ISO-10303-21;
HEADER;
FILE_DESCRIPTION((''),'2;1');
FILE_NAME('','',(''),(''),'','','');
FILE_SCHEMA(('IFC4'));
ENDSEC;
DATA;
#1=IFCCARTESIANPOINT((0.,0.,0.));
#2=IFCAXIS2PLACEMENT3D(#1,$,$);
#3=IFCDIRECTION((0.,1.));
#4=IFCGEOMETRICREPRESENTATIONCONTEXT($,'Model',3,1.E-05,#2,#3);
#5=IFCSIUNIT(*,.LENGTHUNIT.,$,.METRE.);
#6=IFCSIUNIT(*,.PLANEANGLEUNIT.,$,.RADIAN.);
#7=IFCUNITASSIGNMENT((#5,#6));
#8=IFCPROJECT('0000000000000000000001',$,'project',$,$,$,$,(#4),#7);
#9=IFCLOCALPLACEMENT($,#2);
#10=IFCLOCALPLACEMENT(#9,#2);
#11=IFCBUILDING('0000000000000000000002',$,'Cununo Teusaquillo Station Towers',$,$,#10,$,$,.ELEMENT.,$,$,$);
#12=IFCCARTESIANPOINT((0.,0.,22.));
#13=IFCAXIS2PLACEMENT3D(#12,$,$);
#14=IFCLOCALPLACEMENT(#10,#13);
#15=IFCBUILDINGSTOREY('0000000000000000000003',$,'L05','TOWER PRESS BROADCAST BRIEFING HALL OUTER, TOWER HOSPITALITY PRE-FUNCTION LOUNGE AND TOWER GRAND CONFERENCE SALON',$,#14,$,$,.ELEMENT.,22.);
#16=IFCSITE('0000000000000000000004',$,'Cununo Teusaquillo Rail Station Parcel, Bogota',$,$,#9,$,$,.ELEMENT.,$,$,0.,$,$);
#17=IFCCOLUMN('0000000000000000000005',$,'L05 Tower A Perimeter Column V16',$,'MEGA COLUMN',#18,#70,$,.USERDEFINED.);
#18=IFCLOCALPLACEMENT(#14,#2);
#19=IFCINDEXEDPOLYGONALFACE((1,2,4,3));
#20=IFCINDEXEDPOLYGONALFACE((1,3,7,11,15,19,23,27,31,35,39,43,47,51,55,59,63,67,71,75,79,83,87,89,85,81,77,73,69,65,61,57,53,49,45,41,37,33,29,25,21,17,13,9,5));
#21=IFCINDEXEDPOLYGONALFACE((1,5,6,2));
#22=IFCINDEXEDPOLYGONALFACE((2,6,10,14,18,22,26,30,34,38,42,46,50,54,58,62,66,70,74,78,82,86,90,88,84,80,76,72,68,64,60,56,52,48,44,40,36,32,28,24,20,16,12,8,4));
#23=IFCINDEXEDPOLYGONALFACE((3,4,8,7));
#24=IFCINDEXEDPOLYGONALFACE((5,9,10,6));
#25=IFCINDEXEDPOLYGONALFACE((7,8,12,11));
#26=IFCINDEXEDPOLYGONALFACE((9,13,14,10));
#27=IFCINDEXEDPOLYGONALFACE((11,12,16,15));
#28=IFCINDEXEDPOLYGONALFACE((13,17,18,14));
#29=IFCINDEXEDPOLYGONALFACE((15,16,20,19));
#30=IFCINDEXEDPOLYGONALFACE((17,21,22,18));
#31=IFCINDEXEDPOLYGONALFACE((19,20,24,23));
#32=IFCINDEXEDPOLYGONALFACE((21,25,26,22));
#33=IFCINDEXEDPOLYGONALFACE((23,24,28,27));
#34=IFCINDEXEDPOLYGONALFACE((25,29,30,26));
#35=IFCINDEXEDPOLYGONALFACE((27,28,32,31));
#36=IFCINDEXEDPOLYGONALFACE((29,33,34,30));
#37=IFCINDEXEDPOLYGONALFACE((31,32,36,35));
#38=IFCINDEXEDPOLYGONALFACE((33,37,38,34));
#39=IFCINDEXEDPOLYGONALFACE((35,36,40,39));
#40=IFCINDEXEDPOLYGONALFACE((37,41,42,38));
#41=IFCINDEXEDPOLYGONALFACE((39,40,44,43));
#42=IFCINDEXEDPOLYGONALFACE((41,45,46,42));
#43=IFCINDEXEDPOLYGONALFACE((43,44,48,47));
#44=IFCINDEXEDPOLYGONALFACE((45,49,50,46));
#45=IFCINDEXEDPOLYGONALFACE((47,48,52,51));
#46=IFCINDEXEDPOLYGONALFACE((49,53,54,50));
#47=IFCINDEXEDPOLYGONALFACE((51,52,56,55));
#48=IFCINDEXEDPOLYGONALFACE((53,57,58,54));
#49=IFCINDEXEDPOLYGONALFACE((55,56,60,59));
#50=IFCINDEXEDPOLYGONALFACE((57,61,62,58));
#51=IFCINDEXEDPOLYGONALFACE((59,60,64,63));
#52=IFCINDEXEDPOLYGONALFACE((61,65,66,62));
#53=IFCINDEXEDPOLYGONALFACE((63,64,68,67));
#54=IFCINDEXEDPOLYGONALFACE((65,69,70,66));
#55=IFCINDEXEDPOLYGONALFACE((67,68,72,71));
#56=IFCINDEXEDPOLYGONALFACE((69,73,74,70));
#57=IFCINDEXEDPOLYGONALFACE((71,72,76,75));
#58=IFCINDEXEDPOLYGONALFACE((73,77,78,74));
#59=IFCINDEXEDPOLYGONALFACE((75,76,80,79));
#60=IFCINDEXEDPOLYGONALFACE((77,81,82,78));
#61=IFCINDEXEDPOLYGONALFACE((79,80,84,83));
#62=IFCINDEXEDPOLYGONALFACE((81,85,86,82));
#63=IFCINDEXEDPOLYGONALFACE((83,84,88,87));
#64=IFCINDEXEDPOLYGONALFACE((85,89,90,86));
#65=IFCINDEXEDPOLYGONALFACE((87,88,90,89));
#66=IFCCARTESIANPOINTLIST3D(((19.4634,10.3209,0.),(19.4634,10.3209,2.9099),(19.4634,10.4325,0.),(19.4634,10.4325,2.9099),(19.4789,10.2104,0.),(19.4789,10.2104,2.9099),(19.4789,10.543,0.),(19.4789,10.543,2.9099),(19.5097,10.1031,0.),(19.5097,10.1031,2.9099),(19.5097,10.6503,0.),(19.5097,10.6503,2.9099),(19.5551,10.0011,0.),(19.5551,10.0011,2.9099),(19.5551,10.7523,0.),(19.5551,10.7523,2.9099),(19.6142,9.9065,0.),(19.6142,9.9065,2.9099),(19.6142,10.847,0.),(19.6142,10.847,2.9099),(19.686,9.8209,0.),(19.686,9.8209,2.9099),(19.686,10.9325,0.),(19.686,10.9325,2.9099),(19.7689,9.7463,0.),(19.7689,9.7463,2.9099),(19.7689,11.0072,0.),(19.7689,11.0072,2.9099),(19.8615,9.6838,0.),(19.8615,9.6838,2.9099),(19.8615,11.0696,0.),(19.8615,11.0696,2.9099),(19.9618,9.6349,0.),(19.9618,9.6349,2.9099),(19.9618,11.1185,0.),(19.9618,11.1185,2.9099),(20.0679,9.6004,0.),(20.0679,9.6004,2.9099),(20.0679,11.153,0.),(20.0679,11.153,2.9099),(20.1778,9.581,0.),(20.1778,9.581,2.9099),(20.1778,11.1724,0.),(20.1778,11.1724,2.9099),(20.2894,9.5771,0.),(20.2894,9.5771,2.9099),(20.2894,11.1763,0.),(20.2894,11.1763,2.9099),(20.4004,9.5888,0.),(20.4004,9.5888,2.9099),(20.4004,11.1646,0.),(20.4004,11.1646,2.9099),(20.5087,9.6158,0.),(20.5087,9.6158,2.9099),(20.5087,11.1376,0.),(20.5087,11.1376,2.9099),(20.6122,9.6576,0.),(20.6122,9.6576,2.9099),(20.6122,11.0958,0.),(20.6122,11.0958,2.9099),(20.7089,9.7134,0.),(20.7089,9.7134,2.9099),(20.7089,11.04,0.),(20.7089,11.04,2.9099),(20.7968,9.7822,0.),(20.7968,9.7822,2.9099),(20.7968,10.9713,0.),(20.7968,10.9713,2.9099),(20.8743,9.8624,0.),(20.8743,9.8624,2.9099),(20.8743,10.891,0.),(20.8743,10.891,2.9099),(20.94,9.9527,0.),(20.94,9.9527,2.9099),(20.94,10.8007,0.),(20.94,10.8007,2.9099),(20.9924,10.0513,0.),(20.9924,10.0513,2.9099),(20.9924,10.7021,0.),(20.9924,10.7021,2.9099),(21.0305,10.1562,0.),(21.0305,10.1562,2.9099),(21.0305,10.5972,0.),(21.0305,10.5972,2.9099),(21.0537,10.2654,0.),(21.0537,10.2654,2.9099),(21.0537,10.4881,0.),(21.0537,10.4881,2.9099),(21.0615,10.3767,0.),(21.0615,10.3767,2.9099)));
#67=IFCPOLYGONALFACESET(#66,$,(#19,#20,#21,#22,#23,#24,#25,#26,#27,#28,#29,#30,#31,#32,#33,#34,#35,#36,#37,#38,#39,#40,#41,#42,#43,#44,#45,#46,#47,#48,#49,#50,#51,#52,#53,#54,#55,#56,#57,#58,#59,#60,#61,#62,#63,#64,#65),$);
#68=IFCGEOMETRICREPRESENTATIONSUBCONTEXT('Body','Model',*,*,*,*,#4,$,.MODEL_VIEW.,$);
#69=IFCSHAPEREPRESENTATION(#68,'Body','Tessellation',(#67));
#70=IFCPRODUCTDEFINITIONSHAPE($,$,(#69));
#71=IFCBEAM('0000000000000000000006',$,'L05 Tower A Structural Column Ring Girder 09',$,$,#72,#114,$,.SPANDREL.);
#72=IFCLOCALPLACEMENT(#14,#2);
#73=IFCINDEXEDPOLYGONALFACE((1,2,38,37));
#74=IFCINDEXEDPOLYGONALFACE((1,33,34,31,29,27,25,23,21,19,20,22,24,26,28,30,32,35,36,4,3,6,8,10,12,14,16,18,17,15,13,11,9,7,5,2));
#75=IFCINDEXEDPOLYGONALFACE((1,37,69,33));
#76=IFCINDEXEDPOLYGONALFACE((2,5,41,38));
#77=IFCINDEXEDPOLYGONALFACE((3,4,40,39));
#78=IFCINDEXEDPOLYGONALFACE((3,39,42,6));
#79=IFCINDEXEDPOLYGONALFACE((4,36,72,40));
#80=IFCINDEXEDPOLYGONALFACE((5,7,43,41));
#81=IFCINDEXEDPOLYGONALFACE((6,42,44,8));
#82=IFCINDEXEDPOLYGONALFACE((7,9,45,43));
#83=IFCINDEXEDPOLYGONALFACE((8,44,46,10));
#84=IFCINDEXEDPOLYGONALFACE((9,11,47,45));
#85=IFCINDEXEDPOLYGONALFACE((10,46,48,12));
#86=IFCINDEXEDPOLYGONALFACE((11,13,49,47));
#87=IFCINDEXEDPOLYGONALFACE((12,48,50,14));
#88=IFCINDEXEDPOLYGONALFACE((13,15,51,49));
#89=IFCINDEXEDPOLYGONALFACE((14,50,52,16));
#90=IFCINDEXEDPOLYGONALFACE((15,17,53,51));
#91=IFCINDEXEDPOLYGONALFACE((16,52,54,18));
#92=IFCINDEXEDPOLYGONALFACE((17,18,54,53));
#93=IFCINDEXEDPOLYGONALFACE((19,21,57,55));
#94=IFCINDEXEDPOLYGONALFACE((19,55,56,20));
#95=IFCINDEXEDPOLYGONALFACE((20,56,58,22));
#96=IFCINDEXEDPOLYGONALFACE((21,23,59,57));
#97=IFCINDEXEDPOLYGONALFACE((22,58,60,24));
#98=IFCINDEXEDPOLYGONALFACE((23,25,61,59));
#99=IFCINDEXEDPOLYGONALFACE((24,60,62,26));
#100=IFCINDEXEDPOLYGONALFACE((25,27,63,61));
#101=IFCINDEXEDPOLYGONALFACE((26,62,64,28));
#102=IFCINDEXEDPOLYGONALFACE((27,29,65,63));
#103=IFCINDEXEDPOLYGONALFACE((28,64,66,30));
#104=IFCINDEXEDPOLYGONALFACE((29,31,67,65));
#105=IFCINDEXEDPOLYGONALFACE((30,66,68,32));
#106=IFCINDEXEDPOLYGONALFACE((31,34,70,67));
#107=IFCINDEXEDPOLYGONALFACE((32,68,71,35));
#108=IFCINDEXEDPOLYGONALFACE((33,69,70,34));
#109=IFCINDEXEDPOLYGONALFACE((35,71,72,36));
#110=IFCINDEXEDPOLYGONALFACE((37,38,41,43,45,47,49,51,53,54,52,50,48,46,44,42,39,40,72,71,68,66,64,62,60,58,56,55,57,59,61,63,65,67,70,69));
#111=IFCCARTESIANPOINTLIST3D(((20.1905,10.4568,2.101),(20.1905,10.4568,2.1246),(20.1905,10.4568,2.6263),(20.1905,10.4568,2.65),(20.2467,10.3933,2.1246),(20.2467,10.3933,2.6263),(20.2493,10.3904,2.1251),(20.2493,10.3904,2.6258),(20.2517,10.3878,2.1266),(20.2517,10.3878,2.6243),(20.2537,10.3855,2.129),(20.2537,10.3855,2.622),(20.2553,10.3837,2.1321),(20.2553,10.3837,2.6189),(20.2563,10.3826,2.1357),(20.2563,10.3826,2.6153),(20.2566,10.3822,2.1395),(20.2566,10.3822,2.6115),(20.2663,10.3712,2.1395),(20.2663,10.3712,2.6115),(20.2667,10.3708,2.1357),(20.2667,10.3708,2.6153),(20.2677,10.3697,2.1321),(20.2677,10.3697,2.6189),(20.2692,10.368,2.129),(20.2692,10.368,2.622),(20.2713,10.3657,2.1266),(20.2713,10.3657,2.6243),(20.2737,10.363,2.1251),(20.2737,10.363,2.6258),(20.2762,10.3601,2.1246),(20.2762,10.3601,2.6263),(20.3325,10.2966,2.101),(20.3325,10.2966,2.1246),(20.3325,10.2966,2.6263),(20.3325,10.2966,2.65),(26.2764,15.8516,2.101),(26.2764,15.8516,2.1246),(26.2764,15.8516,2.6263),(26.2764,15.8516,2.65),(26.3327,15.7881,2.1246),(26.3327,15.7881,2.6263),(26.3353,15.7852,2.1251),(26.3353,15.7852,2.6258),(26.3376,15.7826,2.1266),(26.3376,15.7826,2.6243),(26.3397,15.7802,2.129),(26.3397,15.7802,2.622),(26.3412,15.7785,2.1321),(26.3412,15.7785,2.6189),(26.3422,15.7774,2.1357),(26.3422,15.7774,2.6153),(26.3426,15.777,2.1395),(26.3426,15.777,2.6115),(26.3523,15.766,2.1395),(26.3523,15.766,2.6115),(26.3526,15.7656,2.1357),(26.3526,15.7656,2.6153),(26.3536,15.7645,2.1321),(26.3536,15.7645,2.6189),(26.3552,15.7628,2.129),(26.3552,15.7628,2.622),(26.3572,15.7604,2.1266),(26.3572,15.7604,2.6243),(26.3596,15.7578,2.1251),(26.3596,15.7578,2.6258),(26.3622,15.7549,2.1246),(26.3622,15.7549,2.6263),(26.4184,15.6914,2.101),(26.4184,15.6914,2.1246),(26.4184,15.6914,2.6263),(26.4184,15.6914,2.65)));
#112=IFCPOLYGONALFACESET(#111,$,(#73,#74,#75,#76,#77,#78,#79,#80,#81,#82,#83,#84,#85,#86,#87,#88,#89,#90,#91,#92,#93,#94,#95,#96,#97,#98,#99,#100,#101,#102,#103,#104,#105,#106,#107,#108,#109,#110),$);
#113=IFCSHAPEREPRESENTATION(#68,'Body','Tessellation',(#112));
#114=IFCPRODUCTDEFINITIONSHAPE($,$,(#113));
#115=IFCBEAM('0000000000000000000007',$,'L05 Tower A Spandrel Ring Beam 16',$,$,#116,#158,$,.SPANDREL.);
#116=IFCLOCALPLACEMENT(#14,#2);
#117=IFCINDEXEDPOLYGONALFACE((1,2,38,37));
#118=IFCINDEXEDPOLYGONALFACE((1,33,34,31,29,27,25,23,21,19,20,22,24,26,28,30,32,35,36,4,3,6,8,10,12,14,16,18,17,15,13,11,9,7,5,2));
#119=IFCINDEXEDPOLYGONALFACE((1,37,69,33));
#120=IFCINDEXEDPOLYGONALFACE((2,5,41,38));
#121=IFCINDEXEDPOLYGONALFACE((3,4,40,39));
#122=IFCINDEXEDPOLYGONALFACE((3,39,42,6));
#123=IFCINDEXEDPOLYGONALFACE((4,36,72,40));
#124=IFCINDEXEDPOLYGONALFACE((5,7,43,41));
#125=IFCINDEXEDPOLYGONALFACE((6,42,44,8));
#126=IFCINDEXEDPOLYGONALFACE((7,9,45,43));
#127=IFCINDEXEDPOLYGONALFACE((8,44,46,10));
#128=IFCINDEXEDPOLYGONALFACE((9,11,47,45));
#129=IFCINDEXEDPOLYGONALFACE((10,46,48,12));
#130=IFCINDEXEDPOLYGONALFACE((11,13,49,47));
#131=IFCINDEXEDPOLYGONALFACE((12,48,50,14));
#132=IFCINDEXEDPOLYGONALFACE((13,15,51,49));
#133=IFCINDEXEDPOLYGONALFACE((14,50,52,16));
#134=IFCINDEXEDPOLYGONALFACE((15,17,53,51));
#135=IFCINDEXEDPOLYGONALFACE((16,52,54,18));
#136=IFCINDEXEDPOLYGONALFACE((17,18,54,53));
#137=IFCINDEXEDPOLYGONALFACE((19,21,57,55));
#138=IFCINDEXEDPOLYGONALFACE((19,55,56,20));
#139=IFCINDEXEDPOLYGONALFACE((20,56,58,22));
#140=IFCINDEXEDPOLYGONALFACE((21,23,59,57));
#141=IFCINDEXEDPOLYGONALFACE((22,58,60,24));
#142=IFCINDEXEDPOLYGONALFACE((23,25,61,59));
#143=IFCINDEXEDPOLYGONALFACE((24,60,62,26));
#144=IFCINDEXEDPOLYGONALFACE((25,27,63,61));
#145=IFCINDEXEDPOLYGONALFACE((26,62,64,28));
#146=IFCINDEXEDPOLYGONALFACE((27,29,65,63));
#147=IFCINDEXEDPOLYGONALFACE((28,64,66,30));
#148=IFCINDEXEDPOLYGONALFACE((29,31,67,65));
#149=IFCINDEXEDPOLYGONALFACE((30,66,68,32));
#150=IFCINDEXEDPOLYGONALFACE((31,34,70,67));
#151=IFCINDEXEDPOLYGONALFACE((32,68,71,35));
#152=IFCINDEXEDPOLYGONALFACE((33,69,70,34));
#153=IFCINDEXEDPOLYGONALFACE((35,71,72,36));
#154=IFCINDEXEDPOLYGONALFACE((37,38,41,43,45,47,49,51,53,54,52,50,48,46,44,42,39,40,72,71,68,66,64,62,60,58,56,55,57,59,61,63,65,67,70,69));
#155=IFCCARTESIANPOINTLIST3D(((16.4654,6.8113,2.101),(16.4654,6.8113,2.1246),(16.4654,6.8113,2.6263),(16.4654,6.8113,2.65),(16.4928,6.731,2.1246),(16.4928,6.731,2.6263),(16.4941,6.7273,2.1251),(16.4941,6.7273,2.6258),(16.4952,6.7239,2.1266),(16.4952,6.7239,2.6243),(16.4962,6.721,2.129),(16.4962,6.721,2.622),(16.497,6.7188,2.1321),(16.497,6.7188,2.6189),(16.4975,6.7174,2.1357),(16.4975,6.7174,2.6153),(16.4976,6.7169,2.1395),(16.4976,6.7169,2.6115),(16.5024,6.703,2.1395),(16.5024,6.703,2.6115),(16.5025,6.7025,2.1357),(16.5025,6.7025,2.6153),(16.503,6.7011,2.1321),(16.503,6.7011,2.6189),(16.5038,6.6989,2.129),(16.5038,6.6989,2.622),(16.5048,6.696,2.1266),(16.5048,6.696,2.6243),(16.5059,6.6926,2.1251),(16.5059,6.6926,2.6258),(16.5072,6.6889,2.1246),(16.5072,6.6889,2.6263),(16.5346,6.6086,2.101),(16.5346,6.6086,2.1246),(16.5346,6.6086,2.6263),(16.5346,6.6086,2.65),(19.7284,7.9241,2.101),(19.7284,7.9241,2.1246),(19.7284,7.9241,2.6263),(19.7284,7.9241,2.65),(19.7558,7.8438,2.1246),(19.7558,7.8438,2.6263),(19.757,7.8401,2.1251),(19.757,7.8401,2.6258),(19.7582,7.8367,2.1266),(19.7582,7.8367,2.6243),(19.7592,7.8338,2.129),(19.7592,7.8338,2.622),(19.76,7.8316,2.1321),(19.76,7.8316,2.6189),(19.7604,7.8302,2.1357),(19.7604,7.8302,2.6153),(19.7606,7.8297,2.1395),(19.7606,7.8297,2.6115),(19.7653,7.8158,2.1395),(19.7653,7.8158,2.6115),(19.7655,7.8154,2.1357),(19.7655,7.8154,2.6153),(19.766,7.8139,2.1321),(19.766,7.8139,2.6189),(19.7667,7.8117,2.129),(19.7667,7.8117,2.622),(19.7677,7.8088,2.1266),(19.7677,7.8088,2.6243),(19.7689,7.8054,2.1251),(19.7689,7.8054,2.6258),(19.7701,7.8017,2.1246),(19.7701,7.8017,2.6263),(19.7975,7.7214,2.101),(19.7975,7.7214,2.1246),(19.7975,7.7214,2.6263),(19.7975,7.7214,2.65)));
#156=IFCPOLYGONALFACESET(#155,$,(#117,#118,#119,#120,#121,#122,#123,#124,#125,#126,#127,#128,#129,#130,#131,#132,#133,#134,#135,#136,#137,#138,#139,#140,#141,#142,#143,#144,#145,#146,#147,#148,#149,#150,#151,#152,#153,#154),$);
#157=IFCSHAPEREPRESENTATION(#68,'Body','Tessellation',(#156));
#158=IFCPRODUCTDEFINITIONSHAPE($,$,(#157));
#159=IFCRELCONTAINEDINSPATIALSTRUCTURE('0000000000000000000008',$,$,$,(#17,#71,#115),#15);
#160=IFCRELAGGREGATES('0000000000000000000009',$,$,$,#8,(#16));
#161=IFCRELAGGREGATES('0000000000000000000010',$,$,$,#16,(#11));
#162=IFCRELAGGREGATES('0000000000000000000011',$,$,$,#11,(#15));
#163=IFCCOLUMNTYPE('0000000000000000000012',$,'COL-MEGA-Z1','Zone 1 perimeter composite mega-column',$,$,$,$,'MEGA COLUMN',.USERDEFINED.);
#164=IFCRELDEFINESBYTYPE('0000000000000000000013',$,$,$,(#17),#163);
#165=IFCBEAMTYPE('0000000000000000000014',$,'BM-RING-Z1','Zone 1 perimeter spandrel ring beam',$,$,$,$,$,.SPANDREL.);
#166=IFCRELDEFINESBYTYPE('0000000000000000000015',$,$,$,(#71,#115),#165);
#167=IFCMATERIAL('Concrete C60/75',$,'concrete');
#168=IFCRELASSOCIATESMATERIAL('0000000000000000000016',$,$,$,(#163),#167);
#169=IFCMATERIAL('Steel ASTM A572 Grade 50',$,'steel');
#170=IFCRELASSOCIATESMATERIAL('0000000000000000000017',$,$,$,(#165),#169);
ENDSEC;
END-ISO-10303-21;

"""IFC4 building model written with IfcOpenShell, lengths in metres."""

from ifc_helpers import new_model, si_unit, direction, frame, origin, origin_2d, place, context, subcontext, project, spatial, circle, i_section, extrude, material, material_profile, profile_set, type_object, element, save


model = new_model("IFC4")

# Units and contexts
model_context = context("Model", 3, precision=1e-05, world=origin(), true_north=direction((0.0, 1.0)))
body_context = subcontext(model_context, "Body", "Model", "MODEL_VIEW")
ifc_project = project(units=[si_unit("LENGTHUNIT", "METRE"), si_unit("PLANEANGLEUNIT", "RADIAN")], contexts=[model_context])

# Site, building, storey
site_placement = place(None, origin())
site = spatial("IfcSite", under=ifc_project, at=site_placement, Name="Cununo Teusaquillo Rail Station Parcel, Bogota", CompositionType="ELEMENT", RefElevation=0.0)
building_placement = place(site_placement, origin())
building = spatial("IfcBuilding", under=site, at=building_placement, Name="Cununo Teusaquillo Station Towers", CompositionType="ELEMENT")
storey_placement = place(building_placement, frame((0.0, 0.0, 22.0)))
storey = spatial("IfcBuildingStorey", under=building, at=storey_placement, Name="L05", Description="TOWER PRESS BROADCAST BRIEFING HALL OUTER, TOWER HOSPITALITY PRE-FUNCTION LOUNGE AND TOWER GRAND CONFERENCE SALON", CompositionType="ELEMENT", Elevation=22.0)

# Column
ifc_material_1 = material(Name="Concrete C60/75", Category="concrete")
ifc_material_profile_1 = material_profile(ifc_material_1, circle(Radius=0.8, at=origin_2d()), Name="RC-CIRC-1600")
ifc_profile_set_1 = profile_set([ifc_material_profile_1], Name="Concrete C60/75")
column_type = type_object("IfcColumnType", Name="COL-MEGA-Z1", Description="Zone 1 perimeter composite mega-column", ElementType="MEGA COLUMN", PredefinedType="USERDEFINED", material=ifc_profile_set_1)
column_placement = place(storey_placement, frame((20.2615, 10.3767, 0.0), z_axis=(0.0, 0.0, 1.0), x_axis=(1.0, 0.0, 0.0)))
element("IfcColumn", 1, at=column_placement, inside=storey, type_object=column_type, Name="L05 Tower A Perimeter Column V16", ObjectType="MEGA COLUMN", PredefinedType="USERDEFINED", context=body_context, shape_type="SweptSolid", body=[
    extrude(circle(Radius=0.8, at=origin_2d()), origin(), (0.0, 0.0, 1.0), 2.9099),
])

# Beams
ifc_material_2 = material(Name="Steel ASTM A572 Grade 50", Category="steel")
ifc_material_profile_2 = material_profile(ifc_material_2, i_section(OverallWidth=0.2141, OverallDepth=0.5491, WebThickness=0.0146, FlangeThickness=0.0237, FilletRadius=0.0149, at=origin_2d()), Name="W21X93")
ifc_profile_set_2 = profile_set([ifc_material_profile_2], Name="Steel ASTM A572 Grade 50")
beam_type = type_object("IfcBeamType", Name="BM-RING-Z1", Description="Zone 1 perimeter spandrel ring beam", PredefinedType="SPANDREL", material=ifc_profile_set_2)
beam_1_placement = place(storey_placement, frame((20.2615, 10.3767, 2.3755), z_axis=(0.748321, 0.663337, 0.0), x_axis=(-0.663337, 0.748321, 0.0)))
element("IfcBeam", 2, at=beam_1_placement, inside=storey, type_object=beam_type, Name="L05 Tower A Structural Column Ring Girder 09", PredefinedType="SPANDREL", context=body_context, shape_type="SweptSolid", body=[
    extrude(i_section(OverallWidth=0.2141, OverallDepth=0.5491, WebThickness=0.0146, FlangeThickness=0.0237, FilletRadius=0.0149, at=origin_2d()), origin(), (0.0, 0.0, 1.0), 8.1328),
])
beam_2_placement = place(storey_placement, frame((16.5, 6.71, 2.3755), z_axis=(0.946472, 0.322785, 0.0), x_axis=(-0.322785, 0.946472, 0.0)))
element("IfcBeam", 3, at=beam_2_placement, inside=storey, type_object=beam_type, Name="L05 Tower A Spandrel Ring Beam 16", PredefinedType="SPANDREL", context=body_context, shape_type="SweptSolid", body=[
    extrude(i_section(OverallWidth=0.2141, OverallDepth=0.5491, WebThickness=0.0146, FlangeThickness=0.0237, FilletRadius=0.0149, at=origin_2d()), origin(), (0.0, 0.0, 1.0), 3.4475),
])

save(model, "model.ifc")
